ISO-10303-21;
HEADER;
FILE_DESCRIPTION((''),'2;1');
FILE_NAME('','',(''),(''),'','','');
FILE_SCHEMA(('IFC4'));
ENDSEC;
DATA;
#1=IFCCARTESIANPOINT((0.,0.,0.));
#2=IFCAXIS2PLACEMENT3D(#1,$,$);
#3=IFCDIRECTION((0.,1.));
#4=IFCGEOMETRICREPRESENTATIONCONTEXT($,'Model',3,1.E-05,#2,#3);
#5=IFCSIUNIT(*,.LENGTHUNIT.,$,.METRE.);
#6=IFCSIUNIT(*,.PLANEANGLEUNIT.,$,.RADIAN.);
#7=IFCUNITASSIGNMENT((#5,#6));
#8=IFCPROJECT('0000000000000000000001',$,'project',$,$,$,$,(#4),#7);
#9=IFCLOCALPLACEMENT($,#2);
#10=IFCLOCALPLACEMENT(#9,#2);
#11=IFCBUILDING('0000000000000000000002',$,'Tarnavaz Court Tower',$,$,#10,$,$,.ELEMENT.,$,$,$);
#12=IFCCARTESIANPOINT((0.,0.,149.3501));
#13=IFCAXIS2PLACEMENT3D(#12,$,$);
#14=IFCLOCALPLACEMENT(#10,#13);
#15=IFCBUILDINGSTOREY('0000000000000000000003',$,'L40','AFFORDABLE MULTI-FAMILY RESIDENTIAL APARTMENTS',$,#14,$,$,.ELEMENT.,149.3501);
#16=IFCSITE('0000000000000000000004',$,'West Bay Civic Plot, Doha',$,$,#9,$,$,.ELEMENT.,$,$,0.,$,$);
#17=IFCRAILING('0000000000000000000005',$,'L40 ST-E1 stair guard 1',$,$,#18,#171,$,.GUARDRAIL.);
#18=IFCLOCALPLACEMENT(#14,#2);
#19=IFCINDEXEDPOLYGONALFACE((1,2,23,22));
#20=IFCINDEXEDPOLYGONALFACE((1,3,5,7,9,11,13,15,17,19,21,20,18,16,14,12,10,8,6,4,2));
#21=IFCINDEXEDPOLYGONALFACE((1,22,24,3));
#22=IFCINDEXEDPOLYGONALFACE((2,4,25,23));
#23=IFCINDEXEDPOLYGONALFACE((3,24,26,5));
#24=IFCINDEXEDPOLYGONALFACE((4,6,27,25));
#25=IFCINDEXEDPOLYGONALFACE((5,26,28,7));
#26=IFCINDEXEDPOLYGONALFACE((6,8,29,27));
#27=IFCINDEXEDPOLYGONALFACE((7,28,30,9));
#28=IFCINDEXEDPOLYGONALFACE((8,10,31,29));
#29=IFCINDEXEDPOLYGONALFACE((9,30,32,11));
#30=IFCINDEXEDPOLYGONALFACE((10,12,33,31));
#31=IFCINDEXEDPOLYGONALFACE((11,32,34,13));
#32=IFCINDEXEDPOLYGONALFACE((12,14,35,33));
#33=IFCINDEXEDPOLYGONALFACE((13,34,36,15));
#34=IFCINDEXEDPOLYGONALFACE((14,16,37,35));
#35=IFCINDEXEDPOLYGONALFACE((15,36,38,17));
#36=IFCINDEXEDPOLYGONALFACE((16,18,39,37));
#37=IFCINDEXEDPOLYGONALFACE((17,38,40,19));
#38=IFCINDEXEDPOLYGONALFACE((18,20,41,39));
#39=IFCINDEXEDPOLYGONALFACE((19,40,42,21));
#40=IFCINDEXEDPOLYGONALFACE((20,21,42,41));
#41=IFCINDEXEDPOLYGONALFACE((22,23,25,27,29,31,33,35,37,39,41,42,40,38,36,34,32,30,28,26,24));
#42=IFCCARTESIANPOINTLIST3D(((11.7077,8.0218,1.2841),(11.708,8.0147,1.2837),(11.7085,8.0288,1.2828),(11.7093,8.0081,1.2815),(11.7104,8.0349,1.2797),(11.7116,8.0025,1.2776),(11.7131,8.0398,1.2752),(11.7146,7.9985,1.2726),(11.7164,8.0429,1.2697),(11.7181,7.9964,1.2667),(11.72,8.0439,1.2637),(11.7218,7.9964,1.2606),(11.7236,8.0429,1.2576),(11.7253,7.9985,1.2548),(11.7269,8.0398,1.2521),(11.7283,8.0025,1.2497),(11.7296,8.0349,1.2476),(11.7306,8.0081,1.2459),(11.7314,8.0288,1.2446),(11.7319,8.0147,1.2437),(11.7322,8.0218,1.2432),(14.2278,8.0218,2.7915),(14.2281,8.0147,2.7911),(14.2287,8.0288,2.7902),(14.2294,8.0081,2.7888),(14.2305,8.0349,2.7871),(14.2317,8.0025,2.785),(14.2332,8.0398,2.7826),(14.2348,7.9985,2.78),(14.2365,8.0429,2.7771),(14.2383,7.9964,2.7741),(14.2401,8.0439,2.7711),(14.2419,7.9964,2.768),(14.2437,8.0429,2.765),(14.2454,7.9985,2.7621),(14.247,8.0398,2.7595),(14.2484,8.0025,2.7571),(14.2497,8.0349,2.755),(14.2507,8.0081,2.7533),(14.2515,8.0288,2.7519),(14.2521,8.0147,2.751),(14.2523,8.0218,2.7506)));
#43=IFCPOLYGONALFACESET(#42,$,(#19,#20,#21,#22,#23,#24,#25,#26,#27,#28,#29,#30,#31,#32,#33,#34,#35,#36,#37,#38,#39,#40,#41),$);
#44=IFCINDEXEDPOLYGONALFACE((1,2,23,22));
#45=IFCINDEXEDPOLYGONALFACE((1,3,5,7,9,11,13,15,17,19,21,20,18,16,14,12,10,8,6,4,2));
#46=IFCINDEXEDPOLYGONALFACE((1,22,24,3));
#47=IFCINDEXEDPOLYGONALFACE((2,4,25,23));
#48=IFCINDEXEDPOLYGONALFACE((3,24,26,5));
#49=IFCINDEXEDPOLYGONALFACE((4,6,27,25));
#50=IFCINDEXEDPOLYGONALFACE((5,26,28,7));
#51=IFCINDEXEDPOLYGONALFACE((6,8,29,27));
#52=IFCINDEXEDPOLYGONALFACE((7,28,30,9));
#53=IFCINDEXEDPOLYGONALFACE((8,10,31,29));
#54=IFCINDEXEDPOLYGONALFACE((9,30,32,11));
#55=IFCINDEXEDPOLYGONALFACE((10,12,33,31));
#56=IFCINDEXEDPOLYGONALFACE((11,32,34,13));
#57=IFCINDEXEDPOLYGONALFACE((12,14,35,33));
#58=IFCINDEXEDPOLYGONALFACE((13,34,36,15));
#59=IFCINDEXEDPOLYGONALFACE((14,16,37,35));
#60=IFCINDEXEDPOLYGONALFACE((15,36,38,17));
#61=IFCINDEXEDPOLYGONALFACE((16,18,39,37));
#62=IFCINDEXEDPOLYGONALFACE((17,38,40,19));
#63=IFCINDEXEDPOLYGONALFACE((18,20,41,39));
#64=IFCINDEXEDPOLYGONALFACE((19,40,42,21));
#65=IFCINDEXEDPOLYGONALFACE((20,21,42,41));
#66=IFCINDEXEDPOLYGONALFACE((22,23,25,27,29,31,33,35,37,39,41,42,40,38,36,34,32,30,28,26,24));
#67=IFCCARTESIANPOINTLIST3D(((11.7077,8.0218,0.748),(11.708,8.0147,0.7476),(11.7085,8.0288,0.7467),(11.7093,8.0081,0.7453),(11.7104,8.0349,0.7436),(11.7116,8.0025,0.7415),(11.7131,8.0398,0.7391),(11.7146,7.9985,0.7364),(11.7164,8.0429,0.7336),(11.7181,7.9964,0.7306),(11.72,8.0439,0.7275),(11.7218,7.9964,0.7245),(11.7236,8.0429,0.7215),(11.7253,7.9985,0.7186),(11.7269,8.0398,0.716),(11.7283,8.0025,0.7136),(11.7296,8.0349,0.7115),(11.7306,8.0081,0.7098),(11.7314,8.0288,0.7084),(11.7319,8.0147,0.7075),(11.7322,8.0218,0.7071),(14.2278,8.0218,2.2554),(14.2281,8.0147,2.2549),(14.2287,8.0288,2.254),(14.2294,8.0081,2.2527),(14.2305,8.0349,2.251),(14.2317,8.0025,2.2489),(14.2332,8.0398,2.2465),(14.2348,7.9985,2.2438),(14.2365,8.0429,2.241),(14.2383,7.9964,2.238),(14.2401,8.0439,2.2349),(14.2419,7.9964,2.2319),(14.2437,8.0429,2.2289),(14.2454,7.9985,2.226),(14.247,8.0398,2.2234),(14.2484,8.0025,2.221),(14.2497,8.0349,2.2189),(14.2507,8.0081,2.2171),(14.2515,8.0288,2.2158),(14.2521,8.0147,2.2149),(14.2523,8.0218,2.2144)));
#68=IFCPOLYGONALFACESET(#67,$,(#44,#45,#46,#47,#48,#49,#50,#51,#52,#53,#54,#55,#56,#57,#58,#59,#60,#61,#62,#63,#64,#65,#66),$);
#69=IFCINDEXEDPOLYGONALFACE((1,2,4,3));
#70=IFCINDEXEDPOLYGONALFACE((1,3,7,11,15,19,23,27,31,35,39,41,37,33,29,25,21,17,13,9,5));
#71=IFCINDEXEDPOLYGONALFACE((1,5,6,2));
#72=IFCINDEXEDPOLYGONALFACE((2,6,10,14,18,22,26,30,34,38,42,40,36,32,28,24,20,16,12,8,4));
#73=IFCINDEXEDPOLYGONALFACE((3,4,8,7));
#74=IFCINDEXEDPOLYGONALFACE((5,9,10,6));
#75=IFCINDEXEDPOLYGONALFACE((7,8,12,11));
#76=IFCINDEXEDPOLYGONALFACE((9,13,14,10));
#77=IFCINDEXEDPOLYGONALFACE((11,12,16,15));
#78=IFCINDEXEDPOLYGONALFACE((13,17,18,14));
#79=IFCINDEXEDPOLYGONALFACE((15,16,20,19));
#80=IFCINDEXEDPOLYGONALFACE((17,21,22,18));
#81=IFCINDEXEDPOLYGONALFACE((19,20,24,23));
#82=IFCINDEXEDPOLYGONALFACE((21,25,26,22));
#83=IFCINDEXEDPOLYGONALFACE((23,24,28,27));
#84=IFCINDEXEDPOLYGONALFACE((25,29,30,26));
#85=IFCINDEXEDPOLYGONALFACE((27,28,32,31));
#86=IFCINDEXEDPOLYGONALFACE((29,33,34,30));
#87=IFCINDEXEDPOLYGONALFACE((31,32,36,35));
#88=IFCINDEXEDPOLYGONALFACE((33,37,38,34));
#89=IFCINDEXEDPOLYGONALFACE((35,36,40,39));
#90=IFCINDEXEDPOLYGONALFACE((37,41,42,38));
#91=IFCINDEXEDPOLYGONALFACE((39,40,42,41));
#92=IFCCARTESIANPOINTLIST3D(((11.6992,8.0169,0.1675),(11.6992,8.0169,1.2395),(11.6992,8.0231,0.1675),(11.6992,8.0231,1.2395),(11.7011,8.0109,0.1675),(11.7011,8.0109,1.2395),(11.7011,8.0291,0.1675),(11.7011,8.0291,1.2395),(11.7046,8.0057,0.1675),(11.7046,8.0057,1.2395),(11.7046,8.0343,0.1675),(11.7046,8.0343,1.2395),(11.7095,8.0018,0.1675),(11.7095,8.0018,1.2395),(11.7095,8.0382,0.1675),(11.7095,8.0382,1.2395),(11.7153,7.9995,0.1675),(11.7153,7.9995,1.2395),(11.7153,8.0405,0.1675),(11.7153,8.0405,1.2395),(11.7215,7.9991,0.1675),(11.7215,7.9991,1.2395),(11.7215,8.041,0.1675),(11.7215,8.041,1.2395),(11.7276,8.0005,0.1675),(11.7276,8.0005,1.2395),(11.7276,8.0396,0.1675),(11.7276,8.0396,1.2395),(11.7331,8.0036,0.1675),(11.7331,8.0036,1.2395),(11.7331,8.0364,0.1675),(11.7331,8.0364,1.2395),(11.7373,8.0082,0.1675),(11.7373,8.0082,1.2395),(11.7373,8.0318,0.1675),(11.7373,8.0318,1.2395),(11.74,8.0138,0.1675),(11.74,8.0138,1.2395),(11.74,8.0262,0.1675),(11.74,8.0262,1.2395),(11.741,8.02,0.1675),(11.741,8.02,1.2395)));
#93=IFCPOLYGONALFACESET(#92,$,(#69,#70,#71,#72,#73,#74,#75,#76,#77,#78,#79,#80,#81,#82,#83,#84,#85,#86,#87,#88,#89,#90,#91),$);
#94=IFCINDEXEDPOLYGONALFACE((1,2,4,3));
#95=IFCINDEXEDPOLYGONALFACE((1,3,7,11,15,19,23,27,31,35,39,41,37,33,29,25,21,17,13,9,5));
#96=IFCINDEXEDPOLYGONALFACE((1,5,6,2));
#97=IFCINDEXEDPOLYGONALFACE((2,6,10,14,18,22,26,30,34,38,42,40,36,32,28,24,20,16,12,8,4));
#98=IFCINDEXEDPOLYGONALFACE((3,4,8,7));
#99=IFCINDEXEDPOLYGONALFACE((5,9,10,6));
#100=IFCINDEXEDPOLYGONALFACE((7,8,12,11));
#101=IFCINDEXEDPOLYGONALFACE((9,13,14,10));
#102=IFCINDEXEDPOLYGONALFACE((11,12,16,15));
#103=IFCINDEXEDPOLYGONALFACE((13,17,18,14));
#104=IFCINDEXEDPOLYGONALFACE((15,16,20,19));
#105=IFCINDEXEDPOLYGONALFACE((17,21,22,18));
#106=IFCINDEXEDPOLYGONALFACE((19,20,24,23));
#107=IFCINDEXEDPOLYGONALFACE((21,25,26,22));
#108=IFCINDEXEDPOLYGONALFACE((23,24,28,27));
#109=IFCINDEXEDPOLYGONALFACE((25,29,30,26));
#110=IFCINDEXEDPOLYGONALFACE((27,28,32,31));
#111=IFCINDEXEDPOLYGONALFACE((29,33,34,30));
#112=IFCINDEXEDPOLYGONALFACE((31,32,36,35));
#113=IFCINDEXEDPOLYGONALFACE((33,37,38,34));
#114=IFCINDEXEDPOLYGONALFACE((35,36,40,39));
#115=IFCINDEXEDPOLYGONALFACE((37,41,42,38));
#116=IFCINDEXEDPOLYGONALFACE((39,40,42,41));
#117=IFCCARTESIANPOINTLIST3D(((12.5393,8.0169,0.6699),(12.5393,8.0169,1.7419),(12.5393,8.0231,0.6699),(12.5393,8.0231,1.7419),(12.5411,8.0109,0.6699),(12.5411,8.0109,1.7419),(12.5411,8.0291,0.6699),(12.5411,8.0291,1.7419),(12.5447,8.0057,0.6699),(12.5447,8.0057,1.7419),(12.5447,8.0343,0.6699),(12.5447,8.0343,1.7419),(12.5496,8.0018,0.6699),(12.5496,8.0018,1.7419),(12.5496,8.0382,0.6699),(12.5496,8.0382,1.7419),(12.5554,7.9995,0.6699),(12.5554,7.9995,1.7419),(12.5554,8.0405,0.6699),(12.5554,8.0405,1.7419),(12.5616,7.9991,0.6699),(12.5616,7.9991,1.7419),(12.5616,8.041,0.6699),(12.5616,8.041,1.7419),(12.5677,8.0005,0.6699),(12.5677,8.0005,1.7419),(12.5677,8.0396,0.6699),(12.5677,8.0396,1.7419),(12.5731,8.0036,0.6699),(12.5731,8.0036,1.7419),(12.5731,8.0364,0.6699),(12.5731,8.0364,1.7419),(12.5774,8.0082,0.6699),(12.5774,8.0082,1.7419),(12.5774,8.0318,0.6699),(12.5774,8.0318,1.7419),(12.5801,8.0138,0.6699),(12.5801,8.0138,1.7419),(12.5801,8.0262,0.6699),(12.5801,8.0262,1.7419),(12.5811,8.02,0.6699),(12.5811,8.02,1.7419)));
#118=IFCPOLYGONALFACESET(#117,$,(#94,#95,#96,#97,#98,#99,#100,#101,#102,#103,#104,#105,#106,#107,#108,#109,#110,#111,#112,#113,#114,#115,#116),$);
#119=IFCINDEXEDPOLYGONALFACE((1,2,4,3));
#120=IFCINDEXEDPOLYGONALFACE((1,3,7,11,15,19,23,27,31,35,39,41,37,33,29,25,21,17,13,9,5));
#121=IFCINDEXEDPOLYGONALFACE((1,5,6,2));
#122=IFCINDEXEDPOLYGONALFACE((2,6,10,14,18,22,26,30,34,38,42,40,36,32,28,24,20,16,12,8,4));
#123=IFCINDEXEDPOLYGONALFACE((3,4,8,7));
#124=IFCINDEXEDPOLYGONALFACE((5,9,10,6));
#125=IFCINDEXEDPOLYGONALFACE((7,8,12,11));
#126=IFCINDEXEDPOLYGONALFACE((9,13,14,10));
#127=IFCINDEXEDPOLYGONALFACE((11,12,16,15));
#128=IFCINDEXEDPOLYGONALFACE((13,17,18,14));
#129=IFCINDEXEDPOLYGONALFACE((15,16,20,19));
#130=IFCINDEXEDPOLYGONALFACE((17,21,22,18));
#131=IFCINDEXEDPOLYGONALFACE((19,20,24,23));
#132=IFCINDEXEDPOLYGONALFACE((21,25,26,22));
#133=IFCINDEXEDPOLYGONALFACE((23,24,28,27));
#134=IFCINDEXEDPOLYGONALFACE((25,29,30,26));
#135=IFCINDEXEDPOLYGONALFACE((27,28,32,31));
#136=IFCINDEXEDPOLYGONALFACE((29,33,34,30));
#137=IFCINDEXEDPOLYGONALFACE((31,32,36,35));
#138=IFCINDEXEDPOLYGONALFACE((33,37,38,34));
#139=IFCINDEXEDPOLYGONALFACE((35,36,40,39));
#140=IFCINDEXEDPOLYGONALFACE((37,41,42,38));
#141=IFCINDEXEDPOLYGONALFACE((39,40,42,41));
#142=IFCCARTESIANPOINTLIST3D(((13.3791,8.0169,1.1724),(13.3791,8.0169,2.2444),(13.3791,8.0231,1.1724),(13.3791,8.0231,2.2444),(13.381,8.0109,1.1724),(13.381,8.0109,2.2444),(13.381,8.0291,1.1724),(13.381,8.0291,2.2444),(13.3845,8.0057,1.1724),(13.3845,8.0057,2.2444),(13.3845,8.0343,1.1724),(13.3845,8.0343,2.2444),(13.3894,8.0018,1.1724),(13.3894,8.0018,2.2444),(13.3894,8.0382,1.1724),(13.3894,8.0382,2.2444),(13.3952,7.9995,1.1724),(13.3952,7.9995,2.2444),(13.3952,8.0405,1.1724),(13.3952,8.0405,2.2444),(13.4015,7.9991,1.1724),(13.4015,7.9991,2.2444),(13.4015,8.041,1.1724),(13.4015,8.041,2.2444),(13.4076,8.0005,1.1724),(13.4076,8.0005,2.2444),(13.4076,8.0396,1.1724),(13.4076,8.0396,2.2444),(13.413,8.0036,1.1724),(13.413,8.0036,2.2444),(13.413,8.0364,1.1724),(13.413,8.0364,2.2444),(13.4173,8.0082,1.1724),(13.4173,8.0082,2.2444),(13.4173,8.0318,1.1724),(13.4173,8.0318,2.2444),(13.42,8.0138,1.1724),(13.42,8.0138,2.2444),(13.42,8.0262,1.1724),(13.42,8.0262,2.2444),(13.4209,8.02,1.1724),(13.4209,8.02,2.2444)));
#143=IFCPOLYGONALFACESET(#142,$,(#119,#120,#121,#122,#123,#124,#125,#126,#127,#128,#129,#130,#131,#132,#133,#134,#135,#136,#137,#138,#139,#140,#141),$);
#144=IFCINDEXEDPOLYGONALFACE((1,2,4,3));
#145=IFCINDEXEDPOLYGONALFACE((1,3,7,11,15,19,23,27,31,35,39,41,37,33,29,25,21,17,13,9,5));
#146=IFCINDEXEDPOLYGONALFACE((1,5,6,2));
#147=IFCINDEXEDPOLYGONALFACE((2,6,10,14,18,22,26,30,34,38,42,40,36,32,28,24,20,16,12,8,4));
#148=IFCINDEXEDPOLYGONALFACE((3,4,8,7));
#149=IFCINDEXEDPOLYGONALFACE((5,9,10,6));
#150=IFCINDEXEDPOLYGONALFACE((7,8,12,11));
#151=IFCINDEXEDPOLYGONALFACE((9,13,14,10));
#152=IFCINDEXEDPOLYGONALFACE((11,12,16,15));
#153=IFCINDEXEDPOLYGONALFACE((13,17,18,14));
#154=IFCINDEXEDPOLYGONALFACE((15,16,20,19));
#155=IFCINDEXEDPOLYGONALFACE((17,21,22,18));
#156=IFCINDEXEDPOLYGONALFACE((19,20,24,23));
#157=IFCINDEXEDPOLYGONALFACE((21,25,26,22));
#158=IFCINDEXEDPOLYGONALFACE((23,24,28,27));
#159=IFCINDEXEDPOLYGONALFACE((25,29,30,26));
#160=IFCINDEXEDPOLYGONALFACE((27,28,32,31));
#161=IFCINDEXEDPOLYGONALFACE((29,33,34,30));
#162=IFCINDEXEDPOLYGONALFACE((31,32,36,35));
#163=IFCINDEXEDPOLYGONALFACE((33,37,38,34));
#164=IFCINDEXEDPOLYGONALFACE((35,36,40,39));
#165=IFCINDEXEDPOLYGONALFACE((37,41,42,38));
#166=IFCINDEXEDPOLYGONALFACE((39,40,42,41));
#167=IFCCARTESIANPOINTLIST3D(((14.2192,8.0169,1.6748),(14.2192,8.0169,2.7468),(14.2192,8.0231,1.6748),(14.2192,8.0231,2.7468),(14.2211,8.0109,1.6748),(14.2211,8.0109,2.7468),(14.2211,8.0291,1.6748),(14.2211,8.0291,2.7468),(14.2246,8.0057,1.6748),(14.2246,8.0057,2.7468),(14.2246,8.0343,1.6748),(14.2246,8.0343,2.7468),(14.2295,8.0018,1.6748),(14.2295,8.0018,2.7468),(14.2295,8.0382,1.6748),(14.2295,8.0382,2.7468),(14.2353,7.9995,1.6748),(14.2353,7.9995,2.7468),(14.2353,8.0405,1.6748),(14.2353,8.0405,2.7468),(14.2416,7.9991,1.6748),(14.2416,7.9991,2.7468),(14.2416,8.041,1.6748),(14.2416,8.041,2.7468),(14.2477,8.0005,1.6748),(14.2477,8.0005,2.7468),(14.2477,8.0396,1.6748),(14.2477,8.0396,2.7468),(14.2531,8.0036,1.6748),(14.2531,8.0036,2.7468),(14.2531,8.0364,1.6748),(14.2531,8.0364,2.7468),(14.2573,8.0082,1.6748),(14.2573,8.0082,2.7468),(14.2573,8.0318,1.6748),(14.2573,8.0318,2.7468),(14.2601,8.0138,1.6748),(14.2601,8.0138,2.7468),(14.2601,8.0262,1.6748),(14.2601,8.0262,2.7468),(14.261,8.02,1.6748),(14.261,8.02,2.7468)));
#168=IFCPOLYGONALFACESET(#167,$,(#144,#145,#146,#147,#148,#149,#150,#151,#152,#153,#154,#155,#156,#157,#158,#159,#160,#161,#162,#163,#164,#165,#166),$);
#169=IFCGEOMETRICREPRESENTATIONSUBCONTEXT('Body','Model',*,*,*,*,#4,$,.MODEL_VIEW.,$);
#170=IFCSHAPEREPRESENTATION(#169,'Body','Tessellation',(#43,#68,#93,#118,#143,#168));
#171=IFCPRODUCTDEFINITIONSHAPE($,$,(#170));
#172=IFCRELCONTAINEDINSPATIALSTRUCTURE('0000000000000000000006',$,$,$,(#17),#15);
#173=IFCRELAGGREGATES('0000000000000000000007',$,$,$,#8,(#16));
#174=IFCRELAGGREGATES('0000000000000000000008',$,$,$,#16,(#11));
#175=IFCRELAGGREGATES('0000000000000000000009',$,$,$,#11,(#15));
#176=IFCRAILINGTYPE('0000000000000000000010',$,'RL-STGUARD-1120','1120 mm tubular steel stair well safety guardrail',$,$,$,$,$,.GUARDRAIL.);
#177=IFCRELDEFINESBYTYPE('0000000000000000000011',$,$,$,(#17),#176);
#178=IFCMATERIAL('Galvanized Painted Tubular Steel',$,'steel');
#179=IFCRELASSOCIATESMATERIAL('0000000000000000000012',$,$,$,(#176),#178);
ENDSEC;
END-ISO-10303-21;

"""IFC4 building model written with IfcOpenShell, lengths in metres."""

from ifc_helpers import new_model, si_unit, direction, frame, origin, origin_2d, place, context, subcontext, project, spatial, circle, extrude, material, type_object, element, save


model = new_model("IFC4")

# Units and contexts
model_context = context("Model", 3, precision=1e-05, world=origin(), true_north=direction((0.0, 1.0)))
body_context = subcontext(model_context, "Body", "Model", "MODEL_VIEW")
ifc_project = project(units=[si_unit("LENGTHUNIT", "METRE"), si_unit("PLANEANGLEUNIT", "RADIAN")], contexts=[model_context])

# Site, building, storey
site_placement = place(None, origin())
site = spatial("IfcSite", under=ifc_project, at=site_placement, Name="West Bay Civic Plot, Doha", CompositionType="ELEMENT", RefElevation=0.0)
building_placement = place(site_placement, origin())
building = spatial("IfcBuilding", under=site, at=building_placement, Name="Tarnavaz Court Tower", CompositionType="ELEMENT")
storey_placement = place(building_placement, frame((0.0, 0.0, 149.3501)))
storey = spatial("IfcBuildingStorey", under=building, at=storey_placement, Name="L40", Description="AFFORDABLE MULTI-FAMILY RESIDENTIAL APARTMENTS", CompositionType="ELEMENT", Elevation=149.3501)

# Railing
ifc_material_1 = material(Name="Galvanized Painted Tubular Steel", Category="steel")
railing_type_1 = type_object("IfcRailingType", Name="RL-STGUARD-1120", Description="1120 mm tubular steel stair well safety guardrail", PredefinedType="GUARDRAIL", material=ifc_material_1)
railing_1_placement = place(storey_placement, frame((11.72, 8.02, 0.1675)))
element("IfcRailing", 1, at=railing_1_placement, inside=storey, type_object=railing_type_1, Name="L40 ST-E1 stair guard 1", PredefinedType="GUARDRAIL", context=body_context, shape_type="SweptSolid", body=[
    extrude(circle(Radius=0.0239, at=origin_2d()), frame((0.0, 0.0, 1.0962), z_axis=(0.858196, 0.0, 0.513321), x_axis=(0.0, 1.0, 0.0)), (0.0, 0.0, 1.0), 2.9365),
    extrude(circle(Radius=0.0239, at=origin_2d()), frame((0.0, 0.0, 0.5601), z_axis=(0.858196, 0.0, 0.513321), x_axis=(0.0, 1.0, 0.0)), (0.0, 0.0, 1.0), 2.9365),
    extrude(circle(Radius=0.021, at=origin_2d()), origin(), (0.0, 0.0, 1.0), 1.072),
    extrude(circle(Radius=0.021, at=origin_2d()), frame((0.8401, 0.0, 0.5024)), (0.0, 0.0, 1.0), 1.072),
    extrude(circle(Radius=0.021, at=origin_2d()), frame((1.6799, 0.0, 1.0049)), (0.0, 0.0, 1.0), 1.072),
    extrude(circle(Radius=0.021, at=origin_2d()), frame((2.52, 0.0, 1.5073)), (0.0, 0.0, 1.0), 1.072),
])

save(model, "model.ifc")
